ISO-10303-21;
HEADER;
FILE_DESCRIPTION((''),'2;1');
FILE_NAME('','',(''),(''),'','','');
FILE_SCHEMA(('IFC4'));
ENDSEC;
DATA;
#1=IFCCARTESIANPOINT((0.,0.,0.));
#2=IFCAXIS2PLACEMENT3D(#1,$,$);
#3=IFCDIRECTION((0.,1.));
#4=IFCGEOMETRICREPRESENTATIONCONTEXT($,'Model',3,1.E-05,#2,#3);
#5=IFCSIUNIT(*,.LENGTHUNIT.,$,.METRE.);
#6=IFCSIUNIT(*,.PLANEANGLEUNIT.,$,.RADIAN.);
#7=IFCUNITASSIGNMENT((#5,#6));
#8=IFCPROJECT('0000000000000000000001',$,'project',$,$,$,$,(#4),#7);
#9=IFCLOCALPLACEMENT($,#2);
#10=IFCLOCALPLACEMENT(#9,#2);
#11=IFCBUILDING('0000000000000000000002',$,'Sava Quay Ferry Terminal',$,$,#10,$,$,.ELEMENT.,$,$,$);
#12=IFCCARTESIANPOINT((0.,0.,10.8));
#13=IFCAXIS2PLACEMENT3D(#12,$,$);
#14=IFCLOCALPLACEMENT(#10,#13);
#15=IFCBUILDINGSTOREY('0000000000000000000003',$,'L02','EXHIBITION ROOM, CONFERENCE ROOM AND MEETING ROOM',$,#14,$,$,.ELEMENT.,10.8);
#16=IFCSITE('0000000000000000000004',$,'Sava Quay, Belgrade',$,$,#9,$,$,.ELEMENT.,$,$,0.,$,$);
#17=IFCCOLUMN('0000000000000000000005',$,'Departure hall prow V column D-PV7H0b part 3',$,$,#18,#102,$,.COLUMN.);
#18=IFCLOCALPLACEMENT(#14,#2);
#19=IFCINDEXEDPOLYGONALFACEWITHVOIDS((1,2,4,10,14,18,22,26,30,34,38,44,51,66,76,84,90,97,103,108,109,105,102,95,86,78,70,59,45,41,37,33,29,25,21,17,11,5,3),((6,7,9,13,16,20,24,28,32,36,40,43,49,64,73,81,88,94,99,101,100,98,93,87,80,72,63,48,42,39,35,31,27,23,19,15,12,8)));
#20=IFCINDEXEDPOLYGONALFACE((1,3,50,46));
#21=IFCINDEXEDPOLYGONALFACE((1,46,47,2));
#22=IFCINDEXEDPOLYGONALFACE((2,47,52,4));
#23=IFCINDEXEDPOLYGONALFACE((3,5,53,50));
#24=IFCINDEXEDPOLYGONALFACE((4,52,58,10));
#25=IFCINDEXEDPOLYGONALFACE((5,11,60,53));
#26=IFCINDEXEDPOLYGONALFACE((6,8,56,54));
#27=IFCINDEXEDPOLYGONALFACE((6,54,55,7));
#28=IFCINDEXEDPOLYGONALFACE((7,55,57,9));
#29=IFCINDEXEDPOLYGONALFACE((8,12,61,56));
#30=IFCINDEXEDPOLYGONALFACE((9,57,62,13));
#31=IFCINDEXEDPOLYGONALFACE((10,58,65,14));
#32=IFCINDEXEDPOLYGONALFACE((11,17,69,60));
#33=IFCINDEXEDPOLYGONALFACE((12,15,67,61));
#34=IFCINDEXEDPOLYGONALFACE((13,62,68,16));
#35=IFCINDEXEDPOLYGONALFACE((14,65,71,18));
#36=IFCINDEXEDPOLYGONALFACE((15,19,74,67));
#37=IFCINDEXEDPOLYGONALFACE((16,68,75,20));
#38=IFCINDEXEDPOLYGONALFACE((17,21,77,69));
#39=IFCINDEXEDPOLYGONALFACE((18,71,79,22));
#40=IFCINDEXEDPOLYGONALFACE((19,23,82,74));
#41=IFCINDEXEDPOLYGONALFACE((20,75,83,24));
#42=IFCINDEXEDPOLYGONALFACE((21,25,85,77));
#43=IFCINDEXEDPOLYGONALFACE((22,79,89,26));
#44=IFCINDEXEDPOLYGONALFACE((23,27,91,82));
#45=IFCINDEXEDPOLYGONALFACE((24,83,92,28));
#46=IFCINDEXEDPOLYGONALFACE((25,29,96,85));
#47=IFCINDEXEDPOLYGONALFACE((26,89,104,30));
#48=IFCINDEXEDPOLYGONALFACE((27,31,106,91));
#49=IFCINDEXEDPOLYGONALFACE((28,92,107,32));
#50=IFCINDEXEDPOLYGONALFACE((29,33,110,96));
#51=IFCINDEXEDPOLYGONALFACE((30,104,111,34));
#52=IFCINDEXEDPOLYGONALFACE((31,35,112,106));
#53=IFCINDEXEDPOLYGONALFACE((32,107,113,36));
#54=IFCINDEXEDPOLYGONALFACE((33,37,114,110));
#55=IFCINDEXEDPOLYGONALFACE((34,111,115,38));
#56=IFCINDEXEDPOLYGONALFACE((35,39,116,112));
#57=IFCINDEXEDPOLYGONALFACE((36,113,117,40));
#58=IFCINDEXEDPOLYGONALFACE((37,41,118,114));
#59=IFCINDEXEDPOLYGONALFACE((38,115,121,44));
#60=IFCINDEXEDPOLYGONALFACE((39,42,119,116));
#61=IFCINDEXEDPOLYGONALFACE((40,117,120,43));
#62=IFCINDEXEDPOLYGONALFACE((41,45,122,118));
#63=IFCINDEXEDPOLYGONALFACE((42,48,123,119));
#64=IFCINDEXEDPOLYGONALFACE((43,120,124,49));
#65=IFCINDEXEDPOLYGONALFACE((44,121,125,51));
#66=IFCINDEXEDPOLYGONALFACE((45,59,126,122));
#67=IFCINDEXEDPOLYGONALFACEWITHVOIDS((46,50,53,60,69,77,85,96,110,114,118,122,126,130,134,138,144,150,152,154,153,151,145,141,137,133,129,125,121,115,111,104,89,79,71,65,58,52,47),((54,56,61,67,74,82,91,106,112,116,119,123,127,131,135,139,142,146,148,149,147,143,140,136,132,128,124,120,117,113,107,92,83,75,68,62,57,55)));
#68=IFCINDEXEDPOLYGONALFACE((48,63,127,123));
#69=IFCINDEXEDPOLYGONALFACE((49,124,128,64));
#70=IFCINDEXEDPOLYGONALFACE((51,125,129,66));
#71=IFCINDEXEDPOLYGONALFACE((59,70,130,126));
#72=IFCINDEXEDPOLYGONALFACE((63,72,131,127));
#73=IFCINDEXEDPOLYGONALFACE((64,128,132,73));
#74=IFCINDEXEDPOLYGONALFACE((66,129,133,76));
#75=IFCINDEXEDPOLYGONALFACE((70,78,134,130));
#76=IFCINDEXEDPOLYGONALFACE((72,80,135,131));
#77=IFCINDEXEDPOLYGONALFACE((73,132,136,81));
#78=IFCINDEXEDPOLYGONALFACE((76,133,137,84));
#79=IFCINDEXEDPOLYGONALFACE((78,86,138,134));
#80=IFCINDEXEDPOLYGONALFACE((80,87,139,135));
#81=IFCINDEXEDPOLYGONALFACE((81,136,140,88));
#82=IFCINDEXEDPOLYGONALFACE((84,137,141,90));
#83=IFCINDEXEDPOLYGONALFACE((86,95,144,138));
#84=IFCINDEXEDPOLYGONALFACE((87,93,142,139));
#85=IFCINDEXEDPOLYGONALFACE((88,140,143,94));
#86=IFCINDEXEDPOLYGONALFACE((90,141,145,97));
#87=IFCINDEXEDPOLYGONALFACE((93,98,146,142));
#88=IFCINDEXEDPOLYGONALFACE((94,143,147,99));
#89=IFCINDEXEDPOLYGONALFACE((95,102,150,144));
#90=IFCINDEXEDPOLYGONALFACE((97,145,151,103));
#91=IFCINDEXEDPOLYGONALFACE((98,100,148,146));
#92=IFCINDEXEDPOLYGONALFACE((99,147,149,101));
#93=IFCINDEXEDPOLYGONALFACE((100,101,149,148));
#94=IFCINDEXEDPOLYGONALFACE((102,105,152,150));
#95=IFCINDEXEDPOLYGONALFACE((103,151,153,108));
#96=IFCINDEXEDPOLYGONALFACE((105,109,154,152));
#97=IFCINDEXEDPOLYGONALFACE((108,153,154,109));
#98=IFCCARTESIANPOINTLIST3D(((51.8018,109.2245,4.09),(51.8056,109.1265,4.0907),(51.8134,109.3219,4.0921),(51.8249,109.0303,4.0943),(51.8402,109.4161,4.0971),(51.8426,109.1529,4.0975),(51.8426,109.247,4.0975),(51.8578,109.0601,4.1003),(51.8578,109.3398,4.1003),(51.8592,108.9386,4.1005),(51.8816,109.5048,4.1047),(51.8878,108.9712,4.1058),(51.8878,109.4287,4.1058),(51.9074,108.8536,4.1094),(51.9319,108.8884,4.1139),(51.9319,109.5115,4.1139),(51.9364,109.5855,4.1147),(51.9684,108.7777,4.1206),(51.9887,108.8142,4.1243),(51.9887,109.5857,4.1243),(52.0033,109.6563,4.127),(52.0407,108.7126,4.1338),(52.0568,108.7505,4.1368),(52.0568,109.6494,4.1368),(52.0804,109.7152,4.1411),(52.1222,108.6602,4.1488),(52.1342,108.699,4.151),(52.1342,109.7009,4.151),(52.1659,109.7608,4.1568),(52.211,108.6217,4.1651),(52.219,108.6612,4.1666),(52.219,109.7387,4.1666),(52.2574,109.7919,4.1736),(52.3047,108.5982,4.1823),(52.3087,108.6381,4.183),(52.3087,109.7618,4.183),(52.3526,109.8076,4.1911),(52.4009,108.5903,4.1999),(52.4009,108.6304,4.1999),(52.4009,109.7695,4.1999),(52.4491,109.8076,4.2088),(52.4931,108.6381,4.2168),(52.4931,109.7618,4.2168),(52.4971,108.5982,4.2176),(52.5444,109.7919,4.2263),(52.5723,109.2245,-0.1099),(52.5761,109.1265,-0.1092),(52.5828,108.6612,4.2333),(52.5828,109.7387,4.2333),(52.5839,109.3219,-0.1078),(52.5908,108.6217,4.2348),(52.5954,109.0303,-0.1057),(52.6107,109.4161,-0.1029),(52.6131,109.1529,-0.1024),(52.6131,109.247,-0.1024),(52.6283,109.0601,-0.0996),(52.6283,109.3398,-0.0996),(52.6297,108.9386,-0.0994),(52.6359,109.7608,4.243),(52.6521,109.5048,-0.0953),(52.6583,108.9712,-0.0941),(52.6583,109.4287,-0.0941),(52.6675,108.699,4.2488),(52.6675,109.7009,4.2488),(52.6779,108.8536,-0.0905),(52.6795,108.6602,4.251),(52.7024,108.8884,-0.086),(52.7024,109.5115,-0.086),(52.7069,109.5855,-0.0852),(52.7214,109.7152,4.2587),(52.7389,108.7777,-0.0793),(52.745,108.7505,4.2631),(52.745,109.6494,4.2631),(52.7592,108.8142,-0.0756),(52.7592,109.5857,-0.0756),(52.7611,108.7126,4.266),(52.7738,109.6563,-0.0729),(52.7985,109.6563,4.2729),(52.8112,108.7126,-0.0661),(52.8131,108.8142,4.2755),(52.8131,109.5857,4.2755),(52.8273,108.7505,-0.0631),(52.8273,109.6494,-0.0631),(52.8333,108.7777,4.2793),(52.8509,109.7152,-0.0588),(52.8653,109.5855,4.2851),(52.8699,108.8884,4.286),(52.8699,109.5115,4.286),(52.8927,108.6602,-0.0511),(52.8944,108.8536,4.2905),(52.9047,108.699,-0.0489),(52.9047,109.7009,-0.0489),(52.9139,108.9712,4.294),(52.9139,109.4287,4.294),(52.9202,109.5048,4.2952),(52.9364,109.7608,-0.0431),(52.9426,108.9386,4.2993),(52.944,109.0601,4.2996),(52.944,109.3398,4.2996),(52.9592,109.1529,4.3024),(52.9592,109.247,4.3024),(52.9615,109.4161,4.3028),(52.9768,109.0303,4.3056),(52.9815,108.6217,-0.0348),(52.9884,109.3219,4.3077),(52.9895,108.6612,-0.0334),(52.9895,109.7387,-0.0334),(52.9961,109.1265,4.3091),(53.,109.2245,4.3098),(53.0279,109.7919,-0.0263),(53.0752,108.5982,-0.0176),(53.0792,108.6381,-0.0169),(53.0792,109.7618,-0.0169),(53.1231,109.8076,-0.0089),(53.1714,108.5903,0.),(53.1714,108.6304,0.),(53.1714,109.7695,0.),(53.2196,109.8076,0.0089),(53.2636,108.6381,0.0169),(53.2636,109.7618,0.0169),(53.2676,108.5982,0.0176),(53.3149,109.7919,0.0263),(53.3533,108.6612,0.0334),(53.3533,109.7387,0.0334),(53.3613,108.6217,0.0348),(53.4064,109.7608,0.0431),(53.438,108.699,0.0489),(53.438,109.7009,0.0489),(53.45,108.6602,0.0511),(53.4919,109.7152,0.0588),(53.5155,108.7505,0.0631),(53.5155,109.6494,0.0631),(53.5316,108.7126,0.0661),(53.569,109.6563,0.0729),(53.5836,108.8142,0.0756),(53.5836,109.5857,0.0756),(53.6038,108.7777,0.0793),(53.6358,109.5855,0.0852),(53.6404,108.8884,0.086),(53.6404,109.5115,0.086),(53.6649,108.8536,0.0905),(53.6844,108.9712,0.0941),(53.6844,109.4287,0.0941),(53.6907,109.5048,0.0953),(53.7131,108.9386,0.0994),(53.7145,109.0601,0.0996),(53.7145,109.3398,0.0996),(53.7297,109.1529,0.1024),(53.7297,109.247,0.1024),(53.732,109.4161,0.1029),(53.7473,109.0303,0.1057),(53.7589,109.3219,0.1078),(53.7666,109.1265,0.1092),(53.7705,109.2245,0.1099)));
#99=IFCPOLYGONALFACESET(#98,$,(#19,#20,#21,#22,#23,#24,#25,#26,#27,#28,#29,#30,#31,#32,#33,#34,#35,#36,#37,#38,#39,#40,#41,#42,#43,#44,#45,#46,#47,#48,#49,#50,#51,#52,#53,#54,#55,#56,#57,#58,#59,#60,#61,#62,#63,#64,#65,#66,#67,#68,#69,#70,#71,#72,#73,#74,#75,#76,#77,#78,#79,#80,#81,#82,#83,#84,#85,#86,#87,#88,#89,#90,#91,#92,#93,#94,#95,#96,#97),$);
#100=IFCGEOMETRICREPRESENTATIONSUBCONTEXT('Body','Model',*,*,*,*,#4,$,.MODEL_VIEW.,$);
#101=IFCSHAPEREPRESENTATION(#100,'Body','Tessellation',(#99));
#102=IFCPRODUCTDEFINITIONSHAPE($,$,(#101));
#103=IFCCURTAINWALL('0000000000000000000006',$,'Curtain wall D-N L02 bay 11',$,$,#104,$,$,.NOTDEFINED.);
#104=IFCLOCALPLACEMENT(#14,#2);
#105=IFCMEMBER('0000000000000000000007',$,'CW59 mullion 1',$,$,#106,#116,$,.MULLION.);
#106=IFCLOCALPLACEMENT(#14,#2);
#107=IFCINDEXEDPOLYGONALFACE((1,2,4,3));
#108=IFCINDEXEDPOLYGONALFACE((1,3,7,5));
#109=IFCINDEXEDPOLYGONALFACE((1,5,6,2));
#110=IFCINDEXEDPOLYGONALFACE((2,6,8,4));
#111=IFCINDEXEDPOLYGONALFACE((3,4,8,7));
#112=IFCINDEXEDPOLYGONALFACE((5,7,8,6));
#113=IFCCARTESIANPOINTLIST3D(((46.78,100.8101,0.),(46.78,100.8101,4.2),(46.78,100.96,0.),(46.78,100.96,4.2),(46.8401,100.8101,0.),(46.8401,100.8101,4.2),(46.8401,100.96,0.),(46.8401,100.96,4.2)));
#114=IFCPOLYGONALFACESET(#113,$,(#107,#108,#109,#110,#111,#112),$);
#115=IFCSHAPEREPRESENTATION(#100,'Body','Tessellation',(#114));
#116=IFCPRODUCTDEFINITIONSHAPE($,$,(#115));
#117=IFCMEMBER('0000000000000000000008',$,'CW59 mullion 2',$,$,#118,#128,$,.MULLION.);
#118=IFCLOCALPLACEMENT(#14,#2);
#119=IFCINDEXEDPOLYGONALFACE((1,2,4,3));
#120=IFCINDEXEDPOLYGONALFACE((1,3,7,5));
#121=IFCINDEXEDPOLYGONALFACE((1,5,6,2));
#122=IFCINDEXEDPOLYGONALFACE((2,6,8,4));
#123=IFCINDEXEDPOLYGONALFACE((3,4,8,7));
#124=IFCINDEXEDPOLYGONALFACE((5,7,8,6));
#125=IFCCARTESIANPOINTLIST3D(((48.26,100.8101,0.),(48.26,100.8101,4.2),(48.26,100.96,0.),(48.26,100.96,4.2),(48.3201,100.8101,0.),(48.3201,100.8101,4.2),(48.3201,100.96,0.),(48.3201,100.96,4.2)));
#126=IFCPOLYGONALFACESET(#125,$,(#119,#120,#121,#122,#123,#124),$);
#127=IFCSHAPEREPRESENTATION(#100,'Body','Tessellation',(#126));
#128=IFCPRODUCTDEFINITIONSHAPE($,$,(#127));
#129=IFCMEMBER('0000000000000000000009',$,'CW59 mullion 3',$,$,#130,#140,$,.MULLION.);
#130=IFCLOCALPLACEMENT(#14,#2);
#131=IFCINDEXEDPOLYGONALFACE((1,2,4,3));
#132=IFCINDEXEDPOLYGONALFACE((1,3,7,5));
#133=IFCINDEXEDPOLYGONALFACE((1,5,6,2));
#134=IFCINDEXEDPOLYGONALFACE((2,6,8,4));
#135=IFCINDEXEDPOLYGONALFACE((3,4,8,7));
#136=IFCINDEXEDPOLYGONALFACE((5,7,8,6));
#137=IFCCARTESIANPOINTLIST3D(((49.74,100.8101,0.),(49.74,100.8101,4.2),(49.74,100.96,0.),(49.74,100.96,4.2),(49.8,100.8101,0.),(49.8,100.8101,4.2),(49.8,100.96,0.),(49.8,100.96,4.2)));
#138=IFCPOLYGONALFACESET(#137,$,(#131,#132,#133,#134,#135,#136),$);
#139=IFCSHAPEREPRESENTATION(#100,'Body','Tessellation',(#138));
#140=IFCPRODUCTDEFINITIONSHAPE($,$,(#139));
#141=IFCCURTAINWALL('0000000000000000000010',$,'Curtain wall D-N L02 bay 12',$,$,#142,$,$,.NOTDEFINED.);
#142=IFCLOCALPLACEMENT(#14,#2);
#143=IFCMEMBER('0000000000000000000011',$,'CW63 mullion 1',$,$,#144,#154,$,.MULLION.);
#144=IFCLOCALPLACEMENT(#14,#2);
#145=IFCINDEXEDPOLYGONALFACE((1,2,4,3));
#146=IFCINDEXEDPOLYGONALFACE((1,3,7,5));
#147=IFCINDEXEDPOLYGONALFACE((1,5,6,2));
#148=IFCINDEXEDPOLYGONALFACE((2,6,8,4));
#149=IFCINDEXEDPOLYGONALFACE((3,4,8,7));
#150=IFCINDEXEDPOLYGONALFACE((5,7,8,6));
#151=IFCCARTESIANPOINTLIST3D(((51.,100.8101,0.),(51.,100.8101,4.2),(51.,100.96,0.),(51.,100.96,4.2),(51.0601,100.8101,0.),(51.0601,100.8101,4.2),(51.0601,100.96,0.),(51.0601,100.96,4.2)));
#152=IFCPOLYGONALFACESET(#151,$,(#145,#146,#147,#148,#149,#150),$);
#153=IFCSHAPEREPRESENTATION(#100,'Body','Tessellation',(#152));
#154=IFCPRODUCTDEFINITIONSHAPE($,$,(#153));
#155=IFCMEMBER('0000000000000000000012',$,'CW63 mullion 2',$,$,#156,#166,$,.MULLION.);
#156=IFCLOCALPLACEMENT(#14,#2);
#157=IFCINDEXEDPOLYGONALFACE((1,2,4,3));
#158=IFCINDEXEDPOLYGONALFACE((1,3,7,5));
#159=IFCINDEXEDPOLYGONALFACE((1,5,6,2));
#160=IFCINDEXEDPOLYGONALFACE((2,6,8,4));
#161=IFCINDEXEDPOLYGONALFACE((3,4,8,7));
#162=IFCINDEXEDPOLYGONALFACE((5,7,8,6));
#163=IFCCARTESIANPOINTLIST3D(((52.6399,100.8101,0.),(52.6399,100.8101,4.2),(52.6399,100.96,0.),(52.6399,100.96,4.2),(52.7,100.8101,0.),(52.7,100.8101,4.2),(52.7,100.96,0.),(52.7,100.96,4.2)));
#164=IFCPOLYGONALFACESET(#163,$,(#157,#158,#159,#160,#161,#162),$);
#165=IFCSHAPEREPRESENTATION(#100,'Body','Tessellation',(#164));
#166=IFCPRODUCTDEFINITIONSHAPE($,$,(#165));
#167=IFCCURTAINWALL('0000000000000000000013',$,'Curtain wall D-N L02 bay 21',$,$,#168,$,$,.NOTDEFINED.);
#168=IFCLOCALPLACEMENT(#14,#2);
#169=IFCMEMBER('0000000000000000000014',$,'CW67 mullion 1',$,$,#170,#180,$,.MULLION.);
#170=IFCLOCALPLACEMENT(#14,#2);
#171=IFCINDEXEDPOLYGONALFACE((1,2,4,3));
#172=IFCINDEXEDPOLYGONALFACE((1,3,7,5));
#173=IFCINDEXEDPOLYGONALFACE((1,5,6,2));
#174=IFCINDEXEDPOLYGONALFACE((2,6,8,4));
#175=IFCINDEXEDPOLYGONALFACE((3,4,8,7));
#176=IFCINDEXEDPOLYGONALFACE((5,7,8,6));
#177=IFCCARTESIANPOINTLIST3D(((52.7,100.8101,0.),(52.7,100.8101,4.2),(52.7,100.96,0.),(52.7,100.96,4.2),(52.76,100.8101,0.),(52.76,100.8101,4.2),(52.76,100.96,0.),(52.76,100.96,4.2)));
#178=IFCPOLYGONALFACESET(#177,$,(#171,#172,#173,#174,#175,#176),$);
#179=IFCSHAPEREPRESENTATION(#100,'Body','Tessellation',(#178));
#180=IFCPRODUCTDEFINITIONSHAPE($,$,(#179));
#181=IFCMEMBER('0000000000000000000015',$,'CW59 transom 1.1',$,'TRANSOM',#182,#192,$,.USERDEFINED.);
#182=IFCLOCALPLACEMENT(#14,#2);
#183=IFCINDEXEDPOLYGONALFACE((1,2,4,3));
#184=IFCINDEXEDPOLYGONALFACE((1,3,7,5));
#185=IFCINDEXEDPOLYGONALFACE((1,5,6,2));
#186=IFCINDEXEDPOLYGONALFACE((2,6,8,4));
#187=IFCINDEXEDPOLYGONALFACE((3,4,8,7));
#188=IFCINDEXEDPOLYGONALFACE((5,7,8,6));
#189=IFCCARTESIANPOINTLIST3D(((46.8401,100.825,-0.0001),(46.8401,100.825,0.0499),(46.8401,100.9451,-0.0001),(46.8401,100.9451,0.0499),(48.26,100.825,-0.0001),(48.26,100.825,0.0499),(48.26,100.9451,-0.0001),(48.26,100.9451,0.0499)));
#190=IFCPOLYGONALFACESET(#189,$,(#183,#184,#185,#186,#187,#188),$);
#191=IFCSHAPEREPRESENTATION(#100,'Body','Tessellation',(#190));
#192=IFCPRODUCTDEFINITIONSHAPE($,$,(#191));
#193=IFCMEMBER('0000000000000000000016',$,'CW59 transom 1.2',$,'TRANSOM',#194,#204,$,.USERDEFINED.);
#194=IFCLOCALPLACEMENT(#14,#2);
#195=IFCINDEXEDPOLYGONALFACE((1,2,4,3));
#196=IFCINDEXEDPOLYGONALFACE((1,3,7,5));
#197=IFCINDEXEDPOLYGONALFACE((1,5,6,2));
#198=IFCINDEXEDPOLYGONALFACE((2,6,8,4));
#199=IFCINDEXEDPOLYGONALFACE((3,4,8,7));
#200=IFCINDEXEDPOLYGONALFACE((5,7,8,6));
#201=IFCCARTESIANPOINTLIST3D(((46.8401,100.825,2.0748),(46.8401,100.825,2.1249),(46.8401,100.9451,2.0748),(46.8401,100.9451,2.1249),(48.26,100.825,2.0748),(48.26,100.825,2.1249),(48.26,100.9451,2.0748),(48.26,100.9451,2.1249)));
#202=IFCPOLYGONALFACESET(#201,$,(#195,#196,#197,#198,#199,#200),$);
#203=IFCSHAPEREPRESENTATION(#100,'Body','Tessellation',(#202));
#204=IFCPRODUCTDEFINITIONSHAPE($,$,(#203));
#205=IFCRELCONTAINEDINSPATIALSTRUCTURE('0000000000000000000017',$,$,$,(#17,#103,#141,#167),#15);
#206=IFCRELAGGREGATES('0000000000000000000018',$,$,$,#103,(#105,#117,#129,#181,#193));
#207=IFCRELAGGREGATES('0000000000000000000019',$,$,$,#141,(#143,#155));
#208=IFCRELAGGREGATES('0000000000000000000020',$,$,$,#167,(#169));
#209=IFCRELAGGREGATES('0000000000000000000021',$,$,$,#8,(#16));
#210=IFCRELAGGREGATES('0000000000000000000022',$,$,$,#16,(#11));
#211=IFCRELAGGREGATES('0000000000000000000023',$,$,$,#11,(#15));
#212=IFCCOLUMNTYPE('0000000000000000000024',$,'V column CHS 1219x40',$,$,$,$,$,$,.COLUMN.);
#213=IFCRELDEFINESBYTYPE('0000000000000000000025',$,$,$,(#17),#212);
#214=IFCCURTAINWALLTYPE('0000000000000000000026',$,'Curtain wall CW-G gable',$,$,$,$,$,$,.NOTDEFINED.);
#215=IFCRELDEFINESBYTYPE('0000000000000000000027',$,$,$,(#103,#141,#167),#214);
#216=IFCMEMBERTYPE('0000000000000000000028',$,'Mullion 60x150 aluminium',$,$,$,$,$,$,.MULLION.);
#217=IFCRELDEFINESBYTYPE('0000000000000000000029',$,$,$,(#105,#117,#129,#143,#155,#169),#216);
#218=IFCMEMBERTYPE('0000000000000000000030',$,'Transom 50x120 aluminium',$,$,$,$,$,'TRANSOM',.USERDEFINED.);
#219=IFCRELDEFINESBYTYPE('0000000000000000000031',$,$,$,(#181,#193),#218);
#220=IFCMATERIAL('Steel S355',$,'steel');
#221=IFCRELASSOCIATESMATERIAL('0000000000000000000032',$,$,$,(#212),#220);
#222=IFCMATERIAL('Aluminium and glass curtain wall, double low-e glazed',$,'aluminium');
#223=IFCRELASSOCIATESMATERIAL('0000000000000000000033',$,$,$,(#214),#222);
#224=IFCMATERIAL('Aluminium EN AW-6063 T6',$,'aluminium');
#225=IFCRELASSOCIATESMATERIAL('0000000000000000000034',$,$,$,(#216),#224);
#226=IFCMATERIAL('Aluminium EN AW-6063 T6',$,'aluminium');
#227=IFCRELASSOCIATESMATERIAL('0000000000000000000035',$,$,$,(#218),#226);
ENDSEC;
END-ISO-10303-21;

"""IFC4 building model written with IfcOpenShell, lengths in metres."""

from ifc_helpers import new_model, si_unit, direction, frame, origin, origin_2d, place, context, subcontext, project, spatial, rectangle, hollow_circle, extrude, material, material_profile, profile_set, type_object, element, aggregate, save


model = new_model("IFC4")

# Units and contexts
model_context = context("Model", 3, precision=1e-05, world=origin(), true_north=direction((0.0, 1.0)))
body_context = subcontext(model_context, "Body", "Model", "MODEL_VIEW")
ifc_project = project(units=[si_unit("LENGTHUNIT", "METRE"), si_unit("PLANEANGLEUNIT", "RADIAN")], contexts=[model_context])

# Site, building, storey
site_placement = place(None, origin())
site = spatial("IfcSite", under=ifc_project, at=site_placement, Name="Sava Quay, Belgrade", CompositionType="ELEMENT", RefElevation=0.0)
building_placement = place(site_placement, origin())
building = spatial("IfcBuilding", under=site, at=building_placement, Name="Sava Quay Ferry Terminal", CompositionType="ELEMENT")
storey_placement = place(building_placement, frame((0.0, 0.0, 10.8)))
storey = spatial("IfcBuildingStorey", under=building, at=storey_placement, Name="L02", Description="EXHIBITION ROOM, CONFERENCE ROOM AND MEETING ROOM", CompositionType="ELEMENT", Elevation=10.8)

# Column
ifc_material_1 = material(Name="Steel S355", Category="steel")
ifc_material_profile_1 = material_profile(ifc_material_1, hollow_circle(Radius=0.6096, WallThickness=0.04, at=origin_2d()), Name="CHS 1219 x 40.0")
ifc_profile_set_1 = profile_set([ifc_material_profile_1], Name="Steel S355")
column_type_1 = type_object("IfcColumnType", Name="V column CHS 1219x40", PredefinedType="COLUMN", material=ifc_profile_set_1)
column_1_placement = place(storey_placement, frame((53.1714, 109.2, 0.0), z_axis=(-0.180445, 0.0, 0.983585), x_axis=(0.0, -1.0, 0.0)))
element("IfcColumn", 1, at=column_1_placement, inside=storey, type_object=column_type_1, Name="Departure hall prow V column D-PV7H0b part 3", PredefinedType="COLUMN", context=body_context, shape_type="SweptSolid", body=[
    extrude(hollow_circle(Radius=0.6096, WallThickness=0.04, at=origin_2d()), origin(), (0.0, 0.0, 1.0), 4.27),
])

# Curtain walls, members
ifc_material_2 = material(Name="Aluminium and glass curtain wall, double low-e glazed", Category="aluminium")
curtain_wall_type = type_object("IfcCurtainWallType", Name="Curtain wall CW-G gable", PredefinedType="NOTDEFINED", material=ifc_material_2)
curtain_wall_1_placement = place(storey_placement, origin())
curtain_wall_1 = element("IfcCurtainWall", 2, at=curtain_wall_1_placement, inside=storey, type_object=curtain_wall_type, Name="Curtain wall D-N L02 bay 11", PredefinedType="NOTDEFINED")
ifc_material_3 = material(Name="Aluminium EN AW-6063 T6", Category="aluminium")
ifc_material_profile_2 = material_profile(ifc_material_3, rectangle(XDim=0.1499, YDim=0.0601, at=origin_2d()), Name="Mullion 60x150 aluminium")
ifc_profile_set_2 = profile_set([ifc_material_profile_2], Name="Aluminium EN AW-6063 T6")
member_type_1 = type_object("IfcMemberType", Name="Mullion 60x150 aluminium", PredefinedType="MULLION", material=ifc_profile_set_2)
member_1_placement = place(storey_placement, frame((46.8101, 100.885, 0.0), z_axis=(0.0, 0.0, 1.0), x_axis=(0.0, 1.0, 0.0)))
member_1 = element("IfcMember", 3, at=member_1_placement, type_object=member_type_1, Name="CW59 mullion 1", PredefinedType="MULLION", context=body_context, shape_type="SweptSolid", body=[
    extrude(rectangle(XDim=0.1499, YDim=0.0601, at=origin_2d()), origin(), (0.0, 0.0, 1.0), 4.2),
])
member_2_placement = place(storey_placement, frame((48.29, 100.885, 0.0), z_axis=(0.0, 0.0, 1.0), x_axis=(0.0, 1.0, 0.0)))
member_2 = element("IfcMember", 4, at=member_2_placement, type_object=member_type_1, Name="CW59 mullion 2", PredefinedType="MULLION", context=body_context, shape_type="SweptSolid", body=[
    extrude(rectangle(XDim=0.1499, YDim=0.0601, at=origin_2d()), origin(), (0.0, 0.0, 1.0), 4.2),
])
member_3_placement = place(storey_placement, frame((49.77, 100.885, 0.0), z_axis=(0.0, 0.0, 1.0), x_axis=(0.0, 1.0, 0.0)))
member_3 = element("IfcMember", 5, at=member_3_placement, type_object=member_type_1, Name="CW59 mullion 3", PredefinedType="MULLION", context=body_context, shape_type="SweptSolid", body=[
    extrude(rectangle(XDim=0.1499, YDim=0.0601, at=origin_2d()), origin(), (0.0, 0.0, 1.0), 4.2),
])
curtain_wall_2_placement = place(storey_placement, origin())
curtain_wall_2 = element("IfcCurtainWall", 6, at=curtain_wall_2_placement, inside=storey, type_object=curtain_wall_type, Name="Curtain wall D-N L02 bay 12", PredefinedType="NOTDEFINED")
member_4_placement = place(storey_placement, frame((51.03, 100.885, 0.0), z_axis=(0.0, 0.0, 1.0), x_axis=(0.0, 1.0, 0.0)))
member_4 = element("IfcMember", 7, at=member_4_placement, type_object=member_type_1, Name="CW63 mullion 1", PredefinedType="MULLION", context=body_context, shape_type="SweptSolid", body=[
    extrude(rectangle(XDim=0.1499, YDim=0.0601, at=origin_2d()), origin(), (0.0, 0.0, 1.0), 4.2),
])
member_5_placement = place(storey_placement, frame((52.6699, 100.885, 0.0), z_axis=(0.0, 0.0, 1.0), x_axis=(0.0, 1.0, 0.0)))
member_5 = element("IfcMember", 8, at=member_5_placement, type_object=member_type_1, Name="CW63 mullion 2", PredefinedType="MULLION", context=body_context, shape_type="SweptSolid", body=[
    extrude(rectangle(XDim=0.1499, YDim=0.0601, at=origin_2d()), origin(), (0.0, 0.0, 1.0), 4.2),
])

# Curtain wall, member
curtain_wall_3_placement = place(storey_placement, origin())
curtain_wall_3 = element("IfcCurtainWall", 9, at=curtain_wall_3_placement, inside=storey, type_object=curtain_wall_type, Name="Curtain wall D-N L02 bay 21", PredefinedType="NOTDEFINED")
member_6_placement = place(storey_placement, frame((52.73, 100.885, 0.0), z_axis=(0.0, 0.0, 1.0), x_axis=(0.0, 1.0, 0.0)))
member_6 = element("IfcMember", 10, at=member_6_placement, type_object=member_type_1, Name="CW67 mullion 1", PredefinedType="MULLION", context=body_context, shape_type="SweptSolid", body=[
    extrude(rectangle(XDim=0.1499, YDim=0.0601, at=origin_2d()), origin(), (0.0, 0.0, 1.0), 4.2),
])

# Members
ifc_material_4 = material(Name="Aluminium EN AW-6063 T6", Category="aluminium")
ifc_material_profile_3 = material_profile(ifc_material_4, rectangle(XDim=0.1201, YDim=0.05, at=origin_2d()), Name="Transom 50x120 aluminium")
ifc_profile_set_3 = profile_set([ifc_material_profile_3], Name="Aluminium EN AW-6063 T6")
member_type_2 = type_object("IfcMemberType", Name="Transom 50x120 aluminium", ElementType="TRANSOM", PredefinedType="USERDEFINED", material=ifc_profile_set_3)
member_7_placement = place(storey_placement, frame((46.8401, 100.885, 0.0249), z_axis=(1.0, 0.0, 0.0), x_axis=(0.0, 1.0, 0.0)))
member_7 = element("IfcMember", 11, at=member_7_placement, type_object=member_type_2, Name="CW59 transom 1.1", ObjectType="TRANSOM", PredefinedType="USERDEFINED", context=body_context, shape_type="SweptSolid", body=[
    extrude(rectangle(XDim=0.1201, YDim=0.05, at=origin_2d()), origin(), (0.0, 0.0, 1.0), 1.4199),
])
member_8_placement = place(storey_placement, frame((46.8401, 100.885, 2.0999), z_axis=(1.0, 0.0, 0.0), x_axis=(0.0, 1.0, 0.0)))
member_8 = element("IfcMember", 12, at=member_8_placement, type_object=member_type_2, Name="CW59 transom 1.2", ObjectType="TRANSOM", PredefinedType="USERDEFINED", context=body_context, shape_type="SweptSolid", body=[
    extrude(rectangle(XDim=0.1201, YDim=0.05, at=origin_2d()), origin(), (0.0, 0.0, 1.0), 1.4199),
])

aggregate(curtain_wall_1, [member_1, member_2, member_3, member_7, member_8])
aggregate(curtain_wall_2, [member_4, member_5])
aggregate(curtain_wall_3, [member_6])

save(model, "model.ifc")
